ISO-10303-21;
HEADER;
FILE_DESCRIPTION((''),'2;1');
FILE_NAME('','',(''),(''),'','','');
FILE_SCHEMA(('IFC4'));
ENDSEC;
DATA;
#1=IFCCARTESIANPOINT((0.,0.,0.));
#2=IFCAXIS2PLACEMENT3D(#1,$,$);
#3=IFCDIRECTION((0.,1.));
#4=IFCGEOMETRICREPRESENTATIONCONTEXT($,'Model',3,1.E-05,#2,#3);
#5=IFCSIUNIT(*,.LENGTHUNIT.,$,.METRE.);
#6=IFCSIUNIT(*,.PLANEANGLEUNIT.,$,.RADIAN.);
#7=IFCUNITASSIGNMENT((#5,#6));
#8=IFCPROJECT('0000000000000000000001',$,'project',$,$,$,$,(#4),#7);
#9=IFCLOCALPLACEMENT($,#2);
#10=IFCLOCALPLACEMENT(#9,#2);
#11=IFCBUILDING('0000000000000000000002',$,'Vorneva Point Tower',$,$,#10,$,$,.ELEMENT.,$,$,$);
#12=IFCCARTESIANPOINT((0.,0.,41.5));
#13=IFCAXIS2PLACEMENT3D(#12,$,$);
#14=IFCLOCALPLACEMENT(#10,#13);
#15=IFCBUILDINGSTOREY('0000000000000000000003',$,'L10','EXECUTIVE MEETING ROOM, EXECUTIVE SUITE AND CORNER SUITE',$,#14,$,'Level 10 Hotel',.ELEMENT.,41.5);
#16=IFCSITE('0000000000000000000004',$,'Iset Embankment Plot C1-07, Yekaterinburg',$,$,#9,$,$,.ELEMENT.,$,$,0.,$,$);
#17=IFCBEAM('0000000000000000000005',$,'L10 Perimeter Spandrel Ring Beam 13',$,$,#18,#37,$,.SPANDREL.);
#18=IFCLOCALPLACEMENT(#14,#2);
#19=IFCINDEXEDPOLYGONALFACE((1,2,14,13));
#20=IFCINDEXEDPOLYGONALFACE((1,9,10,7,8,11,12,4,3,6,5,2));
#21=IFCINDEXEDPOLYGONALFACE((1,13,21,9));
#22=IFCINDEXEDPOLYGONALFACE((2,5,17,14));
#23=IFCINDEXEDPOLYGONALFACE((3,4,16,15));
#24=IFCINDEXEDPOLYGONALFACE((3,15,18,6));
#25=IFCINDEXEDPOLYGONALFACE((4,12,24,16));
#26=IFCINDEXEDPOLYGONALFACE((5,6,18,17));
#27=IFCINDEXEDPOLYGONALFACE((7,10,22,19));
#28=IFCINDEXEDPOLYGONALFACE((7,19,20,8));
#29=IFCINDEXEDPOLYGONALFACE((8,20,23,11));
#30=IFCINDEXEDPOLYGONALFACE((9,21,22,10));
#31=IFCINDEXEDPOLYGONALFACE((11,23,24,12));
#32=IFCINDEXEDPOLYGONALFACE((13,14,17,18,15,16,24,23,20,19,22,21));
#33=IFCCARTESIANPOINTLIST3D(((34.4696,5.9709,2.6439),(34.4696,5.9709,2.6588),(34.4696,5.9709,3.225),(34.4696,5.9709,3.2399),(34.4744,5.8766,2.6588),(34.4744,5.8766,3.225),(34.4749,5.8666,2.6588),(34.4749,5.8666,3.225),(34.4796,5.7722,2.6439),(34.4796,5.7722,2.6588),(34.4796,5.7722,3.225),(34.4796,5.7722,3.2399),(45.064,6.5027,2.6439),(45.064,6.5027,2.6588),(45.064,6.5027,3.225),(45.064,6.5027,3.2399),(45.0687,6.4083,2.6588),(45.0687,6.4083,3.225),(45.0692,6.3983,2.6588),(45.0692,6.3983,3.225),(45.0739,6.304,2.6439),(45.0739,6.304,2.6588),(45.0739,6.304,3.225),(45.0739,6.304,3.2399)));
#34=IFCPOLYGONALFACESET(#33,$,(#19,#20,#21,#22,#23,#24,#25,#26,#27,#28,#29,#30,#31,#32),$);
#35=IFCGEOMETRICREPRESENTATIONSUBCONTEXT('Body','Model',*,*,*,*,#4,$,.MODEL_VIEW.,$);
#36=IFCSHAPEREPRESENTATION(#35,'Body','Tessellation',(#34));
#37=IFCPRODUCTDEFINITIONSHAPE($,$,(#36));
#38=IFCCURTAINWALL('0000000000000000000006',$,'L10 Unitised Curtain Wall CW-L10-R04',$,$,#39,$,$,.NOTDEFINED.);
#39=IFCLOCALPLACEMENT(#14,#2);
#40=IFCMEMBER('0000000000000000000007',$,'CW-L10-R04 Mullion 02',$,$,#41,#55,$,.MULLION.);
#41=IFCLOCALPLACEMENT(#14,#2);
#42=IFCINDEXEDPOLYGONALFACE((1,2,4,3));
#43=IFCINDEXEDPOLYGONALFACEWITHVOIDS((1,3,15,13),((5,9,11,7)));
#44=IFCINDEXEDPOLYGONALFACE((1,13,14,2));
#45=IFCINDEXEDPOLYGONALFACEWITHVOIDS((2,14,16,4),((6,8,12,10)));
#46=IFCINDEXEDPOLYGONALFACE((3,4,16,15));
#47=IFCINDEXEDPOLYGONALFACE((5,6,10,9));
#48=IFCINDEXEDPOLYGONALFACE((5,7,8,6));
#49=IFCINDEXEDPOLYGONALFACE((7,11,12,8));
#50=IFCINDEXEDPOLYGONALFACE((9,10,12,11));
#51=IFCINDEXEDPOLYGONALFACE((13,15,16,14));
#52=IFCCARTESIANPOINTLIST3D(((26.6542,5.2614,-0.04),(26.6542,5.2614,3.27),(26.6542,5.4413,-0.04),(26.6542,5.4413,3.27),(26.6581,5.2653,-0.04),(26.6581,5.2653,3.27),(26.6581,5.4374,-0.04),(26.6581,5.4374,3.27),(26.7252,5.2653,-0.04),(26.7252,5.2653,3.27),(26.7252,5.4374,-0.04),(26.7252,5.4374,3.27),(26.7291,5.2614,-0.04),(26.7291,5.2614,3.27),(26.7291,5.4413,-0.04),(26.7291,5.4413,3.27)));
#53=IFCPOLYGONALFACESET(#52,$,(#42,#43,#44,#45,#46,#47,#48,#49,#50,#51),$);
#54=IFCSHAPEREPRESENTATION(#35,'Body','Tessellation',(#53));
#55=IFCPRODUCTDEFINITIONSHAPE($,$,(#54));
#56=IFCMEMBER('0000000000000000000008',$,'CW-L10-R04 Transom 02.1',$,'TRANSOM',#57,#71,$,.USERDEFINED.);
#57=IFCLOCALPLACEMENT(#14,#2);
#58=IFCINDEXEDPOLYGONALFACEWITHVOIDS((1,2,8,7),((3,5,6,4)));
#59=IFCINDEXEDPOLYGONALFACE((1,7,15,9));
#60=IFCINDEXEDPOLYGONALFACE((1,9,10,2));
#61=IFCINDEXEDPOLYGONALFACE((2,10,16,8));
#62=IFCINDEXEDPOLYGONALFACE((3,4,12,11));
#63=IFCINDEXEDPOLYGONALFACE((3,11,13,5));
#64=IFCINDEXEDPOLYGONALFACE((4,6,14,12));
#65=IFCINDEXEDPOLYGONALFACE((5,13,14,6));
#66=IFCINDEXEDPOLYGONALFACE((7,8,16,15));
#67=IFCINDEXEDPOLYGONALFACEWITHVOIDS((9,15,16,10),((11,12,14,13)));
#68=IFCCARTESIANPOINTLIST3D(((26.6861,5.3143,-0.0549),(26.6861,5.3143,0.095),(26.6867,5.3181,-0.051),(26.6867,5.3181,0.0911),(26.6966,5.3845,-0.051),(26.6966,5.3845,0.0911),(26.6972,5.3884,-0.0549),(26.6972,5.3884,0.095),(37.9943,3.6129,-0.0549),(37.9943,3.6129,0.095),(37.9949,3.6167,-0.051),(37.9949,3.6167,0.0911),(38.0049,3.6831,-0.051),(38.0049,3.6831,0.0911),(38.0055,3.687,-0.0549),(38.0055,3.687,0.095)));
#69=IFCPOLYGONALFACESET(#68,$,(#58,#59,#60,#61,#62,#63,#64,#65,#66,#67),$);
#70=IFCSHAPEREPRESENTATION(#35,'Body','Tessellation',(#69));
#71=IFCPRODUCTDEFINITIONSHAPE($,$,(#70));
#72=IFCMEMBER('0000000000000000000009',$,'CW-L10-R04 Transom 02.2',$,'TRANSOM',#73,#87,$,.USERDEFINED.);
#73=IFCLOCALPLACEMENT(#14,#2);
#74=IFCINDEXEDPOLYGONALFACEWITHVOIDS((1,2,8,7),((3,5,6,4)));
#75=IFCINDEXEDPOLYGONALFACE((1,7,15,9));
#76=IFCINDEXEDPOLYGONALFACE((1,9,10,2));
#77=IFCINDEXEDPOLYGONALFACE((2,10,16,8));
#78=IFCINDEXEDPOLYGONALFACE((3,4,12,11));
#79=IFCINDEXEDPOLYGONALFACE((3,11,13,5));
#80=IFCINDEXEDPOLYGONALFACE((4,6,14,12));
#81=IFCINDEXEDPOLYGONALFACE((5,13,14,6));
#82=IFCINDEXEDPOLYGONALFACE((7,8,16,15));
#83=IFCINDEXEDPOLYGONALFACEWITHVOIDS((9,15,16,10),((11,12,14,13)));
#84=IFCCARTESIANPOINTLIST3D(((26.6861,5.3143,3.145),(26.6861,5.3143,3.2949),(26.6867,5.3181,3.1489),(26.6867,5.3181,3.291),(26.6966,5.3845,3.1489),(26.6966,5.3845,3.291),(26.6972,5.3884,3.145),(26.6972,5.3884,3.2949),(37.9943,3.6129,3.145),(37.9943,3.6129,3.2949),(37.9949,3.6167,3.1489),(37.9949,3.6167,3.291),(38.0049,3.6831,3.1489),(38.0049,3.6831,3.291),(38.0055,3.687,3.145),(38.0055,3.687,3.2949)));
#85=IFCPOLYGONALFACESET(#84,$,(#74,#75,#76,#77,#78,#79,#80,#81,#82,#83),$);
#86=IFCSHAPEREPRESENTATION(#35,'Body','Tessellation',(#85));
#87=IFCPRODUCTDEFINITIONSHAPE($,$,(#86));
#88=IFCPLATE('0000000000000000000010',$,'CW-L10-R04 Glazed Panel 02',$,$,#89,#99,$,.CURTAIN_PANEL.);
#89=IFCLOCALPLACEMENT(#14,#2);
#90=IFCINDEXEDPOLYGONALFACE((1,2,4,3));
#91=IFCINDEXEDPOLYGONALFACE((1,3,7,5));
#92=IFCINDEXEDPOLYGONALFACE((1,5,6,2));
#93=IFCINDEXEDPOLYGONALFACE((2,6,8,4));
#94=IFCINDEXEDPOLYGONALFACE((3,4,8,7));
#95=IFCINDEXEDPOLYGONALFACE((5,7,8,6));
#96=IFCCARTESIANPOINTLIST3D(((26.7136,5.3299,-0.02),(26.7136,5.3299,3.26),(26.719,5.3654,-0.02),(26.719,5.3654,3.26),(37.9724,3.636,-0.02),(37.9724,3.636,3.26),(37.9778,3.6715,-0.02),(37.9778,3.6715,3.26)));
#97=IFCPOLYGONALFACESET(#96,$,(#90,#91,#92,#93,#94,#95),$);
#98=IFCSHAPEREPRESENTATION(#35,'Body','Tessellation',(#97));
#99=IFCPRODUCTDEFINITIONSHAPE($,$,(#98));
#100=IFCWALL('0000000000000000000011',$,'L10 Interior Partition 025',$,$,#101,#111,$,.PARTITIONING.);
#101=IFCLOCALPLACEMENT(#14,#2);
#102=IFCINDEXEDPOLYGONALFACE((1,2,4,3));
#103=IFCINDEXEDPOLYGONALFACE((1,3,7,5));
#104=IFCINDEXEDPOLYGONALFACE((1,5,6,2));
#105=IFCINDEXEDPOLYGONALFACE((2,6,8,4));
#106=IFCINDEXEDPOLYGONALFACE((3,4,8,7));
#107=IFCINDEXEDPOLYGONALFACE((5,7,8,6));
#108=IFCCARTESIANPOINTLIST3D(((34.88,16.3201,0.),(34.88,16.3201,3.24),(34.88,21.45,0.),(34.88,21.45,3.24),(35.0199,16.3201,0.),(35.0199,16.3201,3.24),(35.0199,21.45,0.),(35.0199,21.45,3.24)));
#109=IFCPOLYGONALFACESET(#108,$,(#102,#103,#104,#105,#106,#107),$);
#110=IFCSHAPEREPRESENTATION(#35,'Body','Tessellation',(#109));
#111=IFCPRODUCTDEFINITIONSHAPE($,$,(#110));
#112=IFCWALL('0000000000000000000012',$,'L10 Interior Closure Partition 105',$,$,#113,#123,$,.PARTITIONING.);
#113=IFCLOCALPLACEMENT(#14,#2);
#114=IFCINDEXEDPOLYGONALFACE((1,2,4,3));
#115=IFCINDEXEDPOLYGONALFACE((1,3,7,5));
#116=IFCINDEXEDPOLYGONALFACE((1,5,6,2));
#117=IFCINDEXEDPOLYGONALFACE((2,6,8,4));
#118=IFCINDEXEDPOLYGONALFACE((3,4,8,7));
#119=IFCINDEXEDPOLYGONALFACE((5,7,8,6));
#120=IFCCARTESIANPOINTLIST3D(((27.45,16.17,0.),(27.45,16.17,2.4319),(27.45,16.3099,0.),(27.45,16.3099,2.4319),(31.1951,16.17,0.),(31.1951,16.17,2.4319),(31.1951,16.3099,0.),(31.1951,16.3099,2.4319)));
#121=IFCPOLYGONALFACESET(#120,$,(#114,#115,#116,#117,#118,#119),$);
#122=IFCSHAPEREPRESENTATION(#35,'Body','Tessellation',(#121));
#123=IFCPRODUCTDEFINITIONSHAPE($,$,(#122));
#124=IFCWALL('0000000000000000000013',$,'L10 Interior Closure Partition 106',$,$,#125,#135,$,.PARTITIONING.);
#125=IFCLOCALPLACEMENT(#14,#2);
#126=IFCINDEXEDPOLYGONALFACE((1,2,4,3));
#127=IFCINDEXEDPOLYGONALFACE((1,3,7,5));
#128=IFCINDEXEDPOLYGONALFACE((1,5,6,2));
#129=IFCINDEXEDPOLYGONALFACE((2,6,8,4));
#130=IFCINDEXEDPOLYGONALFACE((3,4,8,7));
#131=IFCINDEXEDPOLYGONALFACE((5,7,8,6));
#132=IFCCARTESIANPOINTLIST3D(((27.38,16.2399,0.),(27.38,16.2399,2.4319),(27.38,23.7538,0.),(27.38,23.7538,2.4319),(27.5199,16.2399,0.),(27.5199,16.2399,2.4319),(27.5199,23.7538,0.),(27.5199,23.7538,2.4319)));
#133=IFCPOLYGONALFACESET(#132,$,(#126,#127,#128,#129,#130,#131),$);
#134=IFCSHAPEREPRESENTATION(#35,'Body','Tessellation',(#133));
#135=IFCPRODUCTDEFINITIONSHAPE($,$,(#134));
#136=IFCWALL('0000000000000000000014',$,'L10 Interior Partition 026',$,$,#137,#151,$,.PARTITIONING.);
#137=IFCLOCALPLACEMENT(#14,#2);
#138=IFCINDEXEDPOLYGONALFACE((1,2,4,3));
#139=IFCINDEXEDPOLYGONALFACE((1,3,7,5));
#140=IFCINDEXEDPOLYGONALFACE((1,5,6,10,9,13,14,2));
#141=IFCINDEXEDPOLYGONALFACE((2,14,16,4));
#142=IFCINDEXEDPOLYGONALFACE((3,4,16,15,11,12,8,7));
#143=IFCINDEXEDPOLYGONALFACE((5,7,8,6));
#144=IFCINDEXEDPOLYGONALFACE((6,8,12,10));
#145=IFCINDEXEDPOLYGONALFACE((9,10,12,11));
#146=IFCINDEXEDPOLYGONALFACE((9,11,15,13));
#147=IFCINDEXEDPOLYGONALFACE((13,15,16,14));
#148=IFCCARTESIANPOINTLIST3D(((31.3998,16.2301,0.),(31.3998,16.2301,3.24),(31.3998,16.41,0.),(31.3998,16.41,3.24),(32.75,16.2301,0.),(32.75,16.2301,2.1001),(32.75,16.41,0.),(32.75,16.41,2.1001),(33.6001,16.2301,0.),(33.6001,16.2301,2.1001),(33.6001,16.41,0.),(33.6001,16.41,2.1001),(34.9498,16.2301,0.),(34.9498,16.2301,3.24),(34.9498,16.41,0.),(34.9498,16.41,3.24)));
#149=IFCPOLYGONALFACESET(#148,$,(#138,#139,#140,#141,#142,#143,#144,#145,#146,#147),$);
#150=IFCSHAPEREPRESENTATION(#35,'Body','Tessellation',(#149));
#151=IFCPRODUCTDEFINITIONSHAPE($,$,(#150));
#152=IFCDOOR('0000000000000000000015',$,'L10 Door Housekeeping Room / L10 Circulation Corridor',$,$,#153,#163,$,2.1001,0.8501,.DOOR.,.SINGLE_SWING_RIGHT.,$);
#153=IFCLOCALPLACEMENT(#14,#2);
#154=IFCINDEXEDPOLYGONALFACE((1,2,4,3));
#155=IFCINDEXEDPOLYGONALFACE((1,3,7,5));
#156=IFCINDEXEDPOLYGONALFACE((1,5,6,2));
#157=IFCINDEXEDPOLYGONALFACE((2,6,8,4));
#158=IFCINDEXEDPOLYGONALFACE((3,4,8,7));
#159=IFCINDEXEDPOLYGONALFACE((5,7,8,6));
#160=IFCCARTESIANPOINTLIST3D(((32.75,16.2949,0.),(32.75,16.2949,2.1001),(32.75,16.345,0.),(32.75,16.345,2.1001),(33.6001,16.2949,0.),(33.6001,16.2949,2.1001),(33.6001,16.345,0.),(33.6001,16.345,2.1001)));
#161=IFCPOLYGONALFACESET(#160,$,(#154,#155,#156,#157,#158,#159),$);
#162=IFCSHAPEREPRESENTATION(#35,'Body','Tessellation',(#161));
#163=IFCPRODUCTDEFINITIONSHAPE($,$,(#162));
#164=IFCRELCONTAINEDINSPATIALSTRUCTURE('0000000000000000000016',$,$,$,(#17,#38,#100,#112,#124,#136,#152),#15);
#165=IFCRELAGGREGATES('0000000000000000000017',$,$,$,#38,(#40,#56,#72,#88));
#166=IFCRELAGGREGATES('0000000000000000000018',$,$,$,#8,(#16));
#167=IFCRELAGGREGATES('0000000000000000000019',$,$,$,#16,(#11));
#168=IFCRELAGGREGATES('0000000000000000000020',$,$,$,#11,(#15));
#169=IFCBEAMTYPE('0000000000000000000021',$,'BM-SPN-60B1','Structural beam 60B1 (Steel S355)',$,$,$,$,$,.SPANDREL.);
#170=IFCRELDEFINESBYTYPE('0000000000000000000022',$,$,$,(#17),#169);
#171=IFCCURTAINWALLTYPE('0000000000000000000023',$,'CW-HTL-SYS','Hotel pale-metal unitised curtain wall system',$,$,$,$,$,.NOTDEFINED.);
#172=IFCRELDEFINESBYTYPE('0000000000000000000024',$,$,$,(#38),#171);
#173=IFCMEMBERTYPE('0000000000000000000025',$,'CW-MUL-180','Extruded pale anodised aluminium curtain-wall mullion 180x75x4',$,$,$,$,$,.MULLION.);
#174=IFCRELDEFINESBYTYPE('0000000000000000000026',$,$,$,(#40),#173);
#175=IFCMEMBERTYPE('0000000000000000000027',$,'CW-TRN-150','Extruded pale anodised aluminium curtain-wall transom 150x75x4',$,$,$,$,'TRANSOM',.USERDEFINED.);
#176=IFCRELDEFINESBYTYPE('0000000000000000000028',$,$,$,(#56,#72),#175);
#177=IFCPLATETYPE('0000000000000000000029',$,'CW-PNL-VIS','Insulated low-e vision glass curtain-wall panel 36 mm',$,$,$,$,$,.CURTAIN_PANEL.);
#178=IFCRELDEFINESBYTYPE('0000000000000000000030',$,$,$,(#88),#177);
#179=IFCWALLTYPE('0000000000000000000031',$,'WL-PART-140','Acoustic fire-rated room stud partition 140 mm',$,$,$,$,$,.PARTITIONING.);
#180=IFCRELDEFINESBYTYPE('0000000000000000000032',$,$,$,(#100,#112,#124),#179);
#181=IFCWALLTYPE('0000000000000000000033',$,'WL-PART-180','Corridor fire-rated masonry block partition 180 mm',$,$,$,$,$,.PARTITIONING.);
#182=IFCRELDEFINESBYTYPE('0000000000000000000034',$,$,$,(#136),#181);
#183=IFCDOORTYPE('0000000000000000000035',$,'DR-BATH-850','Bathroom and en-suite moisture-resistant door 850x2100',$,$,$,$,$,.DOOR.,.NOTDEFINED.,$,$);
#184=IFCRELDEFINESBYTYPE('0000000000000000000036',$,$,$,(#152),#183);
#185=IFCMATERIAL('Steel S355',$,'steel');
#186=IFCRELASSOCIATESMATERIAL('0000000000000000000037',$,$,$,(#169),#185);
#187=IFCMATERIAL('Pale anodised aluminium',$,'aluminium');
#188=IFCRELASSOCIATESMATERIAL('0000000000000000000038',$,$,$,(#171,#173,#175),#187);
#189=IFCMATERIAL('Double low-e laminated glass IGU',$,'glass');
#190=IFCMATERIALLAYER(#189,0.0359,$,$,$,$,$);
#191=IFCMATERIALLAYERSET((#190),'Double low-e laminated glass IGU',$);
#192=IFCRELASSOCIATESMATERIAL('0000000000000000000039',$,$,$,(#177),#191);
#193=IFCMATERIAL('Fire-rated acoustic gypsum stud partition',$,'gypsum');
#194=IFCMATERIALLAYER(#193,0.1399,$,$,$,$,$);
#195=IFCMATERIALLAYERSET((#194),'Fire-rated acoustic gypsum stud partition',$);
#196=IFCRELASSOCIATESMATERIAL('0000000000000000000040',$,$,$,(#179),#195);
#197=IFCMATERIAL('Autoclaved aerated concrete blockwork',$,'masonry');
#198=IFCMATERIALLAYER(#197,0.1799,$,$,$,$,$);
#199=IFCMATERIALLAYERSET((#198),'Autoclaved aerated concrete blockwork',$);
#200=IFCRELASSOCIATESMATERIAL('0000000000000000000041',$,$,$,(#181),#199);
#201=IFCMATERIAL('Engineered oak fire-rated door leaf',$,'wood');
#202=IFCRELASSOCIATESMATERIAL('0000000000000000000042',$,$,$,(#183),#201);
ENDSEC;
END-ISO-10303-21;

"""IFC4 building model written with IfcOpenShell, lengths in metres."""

from ifc_helpers import new_model, si_unit, direction, frame, frame_2d, origin, origin_2d, place, context, subcontext, project, spatial, rectangle, hollow_rectangle, i_section, extrude, material, layer, layer_set, material_profile, profile_set, type_object, element, fill, aggregate, save


model = new_model("IFC4")

# Units and contexts
model_context = context("Model", 3, precision=1e-05, world=origin(), true_north=direction((0.0, 1.0)))
body_context = subcontext(model_context, "Body", "Model", "MODEL_VIEW")
ifc_project = project(units=[si_unit("LENGTHUNIT", "METRE"), si_unit("PLANEANGLEUNIT", "RADIAN")], contexts=[model_context])

# Site, building, storey
site_placement = place(None, origin())
site = spatial("IfcSite", under=ifc_project, at=site_placement, Name="Iset Embankment Plot C1-07, Yekaterinburg", CompositionType="ELEMENT", RefElevation=0.0)
building_placement = place(site_placement, origin())
building = spatial("IfcBuilding", under=site, at=building_placement, Name="Vorneva Point Tower", CompositionType="ELEMENT")
storey_placement = place(building_placement, frame((0.0, 0.0, 41.5)))
storey = spatial("IfcBuildingStorey", under=building, at=storey_placement, Name="L10", Description="EXECUTIVE MEETING ROOM, EXECUTIVE SUITE AND CORNER SUITE", LongName="Level 10 Hotel", CompositionType="ELEMENT", Elevation=41.5)

# Beam
ifc_material_1 = material(Name="Steel S355", Category="steel")
ifc_material_profile_1 = material_profile(ifc_material_1, i_section(OverallWidth=0.199, OverallDepth=0.5959, WebThickness=0.01, FlangeThickness=0.0149, at=origin_2d()), Name="60B1")
ifc_profile_set_1 = profile_set([ifc_material_profile_1], Name="Steel S355")
beam_type_1 = type_object("IfcBeamType", Name="BM-SPN-60B1", Description="Structural beam 60B1 (Steel S355)", PredefinedType="SPANDREL", material=ifc_profile_set_1)
beam_1_placement = place(storey_placement, frame((34.4746, 5.8716, 2.9419), z_axis=(0.998743, 0.050128, 0.0), x_axis=(-0.050128, 0.998743, 0.0)))
element("IfcBeam", 1, at=beam_1_placement, inside=storey, type_object=beam_type_1, Name="L10 Perimeter Spandrel Ring Beam 13", PredefinedType="SPANDREL", context=body_context, shape_type="SweptSolid", body=[
    extrude(i_section(OverallWidth=0.199, OverallDepth=0.5959, WebThickness=0.01, FlangeThickness=0.0149, at=origin_2d()), origin(), (0.0, 0.0, 1.0), 10.6077),
])

# Curtain wall, members, plate
ifc_material_2 = material(Name="Pale anodised aluminium", Category="aluminium")
curtain_wall_type = type_object("IfcCurtainWallType", Name="CW-HTL-SYS", Description="Hotel pale-metal unitised curtain wall system", PredefinedType="NOTDEFINED", material=ifc_material_2)
curtain_wall_placement = place(storey_placement, origin())
curtain_wall = element("IfcCurtainWall", 2, at=curtain_wall_placement, inside=storey, type_object=curtain_wall_type, Name="L10 Unitised Curtain Wall CW-L10-R04", PredefinedType="NOTDEFINED")
ifc_material_profile_2 = material_profile(ifc_material_2, hollow_rectangle(XDim=0.075, YDim=0.1799, WallThickness=0.0039, at=origin_2d()), Name="AL-MUL 180x75x4")
ifc_profile_set_2 = profile_set([ifc_material_profile_2], Name="Pale anodised aluminium")
member_type_1 = type_object("IfcMemberType", Name="CW-MUL-180", Description="Extruded pale anodised aluminium curtain-wall mullion 180x75x4", PredefinedType="MULLION", material=ifc_profile_set_2)
member_1_placement = place(storey_placement, frame((26.6917, 5.3513, -0.04), z_axis=(0.0, 0.0, 1.0), x_axis=(1.0, 0.0, 0.0)))
member_1 = element("IfcMember", 3, at=member_1_placement, type_object=member_type_1, Name="CW-L10-R04 Mullion 02", PredefinedType="MULLION", context=body_context, shape_type="SweptSolid", body=[
    extrude(hollow_rectangle(XDim=0.075, YDim=0.1799, WallThickness=0.0039, at=origin_2d()), origin(), (0.0, 0.0, 1.0), 3.3101),
])
ifc_material_profile_3 = material_profile(ifc_material_2, hollow_rectangle(XDim=0.075, YDim=0.1499, WallThickness=0.0039, at=origin_2d()), Name="AL-TRN 150x75x4")
ifc_profile_set_3 = profile_set([ifc_material_profile_3], Name="Pale anodised aluminium")
member_type_2 = type_object("IfcMemberType", Name="CW-TRN-150", Description="Extruded pale anodised aluminium curtain-wall transom 150x75x4", ElementType="TRANSOM", PredefinedType="USERDEFINED", material=ifc_profile_set_3)
member_2_placement = place(storey_placement, frame((26.6917, 5.3513, 0.02), z_axis=(0.98887, -0.148782, 0.0), x_axis=(0.148782, 0.98887, 0.0)))
member_2 = element("IfcMember", 4, at=member_2_placement, type_object=member_type_2, Name="CW-L10-R04 Transom 02.1", ObjectType="TRANSOM", PredefinedType="USERDEFINED", context=body_context, shape_type="SweptSolid", body=[
    extrude(hollow_rectangle(XDim=0.075, YDim=0.1499, WallThickness=0.0039, at=origin_2d()), origin(), (0.0, 0.0, 1.0), 11.4355),
])
member_3_placement = place(storey_placement, frame((26.6917, 5.3513, 3.22), z_axis=(0.98887, -0.148782, 0.0), x_axis=(0.148782, 0.98887, 0.0)))
member_3 = element("IfcMember", 5, at=member_3_placement, type_object=member_type_2, Name="CW-L10-R04 Transom 02.2", ObjectType="TRANSOM", PredefinedType="USERDEFINED", context=body_context, shape_type="SweptSolid", body=[
    extrude(hollow_rectangle(XDim=0.075, YDim=0.1499, WallThickness=0.0039, at=origin_2d()), origin(), (0.0, 0.0, 1.0), 11.4355),
])
ifc_material_3 = material(Name="Double low-e laminated glass IGU", Category="glass")
ifc_layer_1 = layer(ifc_material_3, 0.0359)
ifc_layer_set_1 = layer_set([ifc_layer_1], Name="Double low-e laminated glass IGU")
plate_type = type_object("IfcPlateType", Name="CW-PNL-VIS", Description="Insulated low-e vision glass curtain-wall panel 36 mm", PredefinedType="CURTAIN_PANEL", material=ifc_layer_set_1)
plate_placement = place(storey_placement, frame((32.3457, 4.5007, -0.02), z_axis=(0.0, 0.0, 1.0), x_axis=(0.988871, -0.148776, 0.0)))
plate = element("IfcPlate", 6, at=plate_placement, type_object=plate_type, Name="CW-L10-R04 Glazed Panel 02", PredefinedType="CURTAIN_PANEL", context=body_context, shape_type="SweptSolid", body=[
    extrude(rectangle(XDim=11.3855, YDim=0.0359, at=origin_2d()), origin(), (0.0, 0.0, 1.0), 3.28),
])
aggregate(curtain_wall, [member_1, member_2, member_3, plate])

# Walls
ifc_material_4 = material(Name="Fire-rated acoustic gypsum stud partition", Category="gypsum")
ifc_layer_2 = layer(ifc_material_4, 0.1399)
ifc_layer_set_2 = layer_set([ifc_layer_2], Name="Fire-rated acoustic gypsum stud partition")
wall_type_1 = type_object("IfcWallType", Name="WL-PART-140", Description="Acoustic fire-rated room stud partition 140 mm", PredefinedType="PARTITIONING", material=ifc_layer_set_2)
wall_1_placement = place(storey_placement, frame((34.95, 16.3201, 0.0), z_axis=(0.0, 0.0, 1.0), x_axis=(0.0, 1.0, 0.0)))
element("IfcWall", 7, at=wall_1_placement, inside=storey, type_object=wall_type_1, Name="L10 Interior Partition 025", PredefinedType="PARTITIONING", context=body_context, shape_type="SweptSolid", body=[
    extrude(rectangle(XDim=5.1299, YDim=0.1399, at=frame_2d((2.5649, 0.0))), origin(), (0.0, 0.0, 1.0), 3.24),
])
wall_2_placement = place(storey_placement, frame((31.1951, 16.24, 0.0), z_axis=(0.0, 0.0, 1.0), x_axis=(-1.0, 0.0, 0.0)))
element("IfcWall", 8, at=wall_2_placement, inside=storey, type_object=wall_type_1, Name="L10 Interior Closure Partition 105", PredefinedType="PARTITIONING", context=body_context, shape_type="SweptSolid", body=[
    extrude(rectangle(XDim=3.7451, YDim=0.1399, at=frame_2d((1.8726, 0.0))), origin(), (0.0, 0.0, 1.0), 2.4319),
])
wall_3_placement = place(storey_placement, frame((27.45, 16.24, 0.0), z_axis=(0.0, 0.0, 1.0), x_axis=(0.0, 1.0, 0.0)))
element("IfcWall", 9, at=wall_3_placement, inside=storey, type_object=wall_type_1, Name="L10 Interior Closure Partition 106", PredefinedType="PARTITIONING", context=body_context, shape_type="SweptSolid", body=[
    extrude(rectangle(XDim=7.5139, YDim=0.1399, at=frame_2d((3.7568, 0.0))), origin(), (0.0, 0.0, 1.0), 2.4319),
])

# Wall, opening, door
ifc_material_5 = material(Name="Autoclaved aerated concrete blockwork", Category="masonry")
ifc_layer_3 = layer(ifc_material_5, 0.1799)
ifc_layer_set_3 = layer_set([ifc_layer_3], Name="Autoclaved aerated concrete blockwork")
wall_type_2 = type_object("IfcWallType", Name="WL-PART-180", Description="Corridor fire-rated masonry block partition 180 mm", PredefinedType="PARTITIONING", material=ifc_layer_set_3)
wall_4_placement = place(storey_placement, frame((31.3999, 16.3201, 0.0), z_axis=(0.0, 0.0, 1.0), x_axis=(1.0, 0.0, 0.0)))
wall_4 = element("IfcWall", 10, at=wall_4_placement, inside=storey, type_object=wall_type_2, Name="L10 Interior Partition 026", PredefinedType="PARTITIONING", context=body_context, shape_type="SweptSolid", body=[
    extrude(rectangle(XDim=3.55, YDim=0.1799, at=frame_2d((1.7749, 0.0))), origin(), (0.0, 0.0, 1.0), 3.24),
])
opening_1_placement = place(wall_4_placement, frame((1.3501, 0.0, 0.0)))
opening_1 = element("IfcOpeningElement", 11, at=opening_1_placement, cuts=wall_4, PredefinedType="OPENING", context=body_context, shape_type="SweptSolid", body=[
    extrude(rectangle(XDim=0.8501, YDim=2.1001, at=frame_2d((0.425, 1.05))), frame((0.0, 0.105, 0.0), z_axis=(0.0, -1.0, 0.0), x_axis=(1.0, 0.0, 0.0)), (0.0, 0.0, 1.0), 0.2097),
])
ifc_material_6 = material(Name="Engineered oak fire-rated door leaf", Category="wood")
door_type_1 = type_object("IfcDoorType", Name="DR-BATH-850", Description="Bathroom and en-suite moisture-resistant door 850x2100", OperationType="NOTDEFINED", PredefinedType="DOOR", material=ifc_material_6)
door_1_placement = place(opening_1_placement, origin())
door_1 = element("IfcDoor", 12, at=door_1_placement, inside=storey, type_object=door_type_1, Name="L10 Door Housekeeping Room / L10 Circulation Corridor", OperationType="SINGLE_SWING_RIGHT", OverallHeight=2.1001, OverallWidth=0.8501, PredefinedType="DOOR", context=body_context, shape_type="SweptSolid", body=[
    extrude(rectangle(XDim=0.8501, YDim=2.1001, at=frame_2d((0.425, 1.05))), frame((0.0, 0.0249, 0.0), z_axis=(0.0, -1.0, 0.0), x_axis=(1.0, 0.0, 0.0)), (0.0, 0.0, 1.0), 0.05),
])
fill(opening_1, door_1)

save(model, "model.ifc")
